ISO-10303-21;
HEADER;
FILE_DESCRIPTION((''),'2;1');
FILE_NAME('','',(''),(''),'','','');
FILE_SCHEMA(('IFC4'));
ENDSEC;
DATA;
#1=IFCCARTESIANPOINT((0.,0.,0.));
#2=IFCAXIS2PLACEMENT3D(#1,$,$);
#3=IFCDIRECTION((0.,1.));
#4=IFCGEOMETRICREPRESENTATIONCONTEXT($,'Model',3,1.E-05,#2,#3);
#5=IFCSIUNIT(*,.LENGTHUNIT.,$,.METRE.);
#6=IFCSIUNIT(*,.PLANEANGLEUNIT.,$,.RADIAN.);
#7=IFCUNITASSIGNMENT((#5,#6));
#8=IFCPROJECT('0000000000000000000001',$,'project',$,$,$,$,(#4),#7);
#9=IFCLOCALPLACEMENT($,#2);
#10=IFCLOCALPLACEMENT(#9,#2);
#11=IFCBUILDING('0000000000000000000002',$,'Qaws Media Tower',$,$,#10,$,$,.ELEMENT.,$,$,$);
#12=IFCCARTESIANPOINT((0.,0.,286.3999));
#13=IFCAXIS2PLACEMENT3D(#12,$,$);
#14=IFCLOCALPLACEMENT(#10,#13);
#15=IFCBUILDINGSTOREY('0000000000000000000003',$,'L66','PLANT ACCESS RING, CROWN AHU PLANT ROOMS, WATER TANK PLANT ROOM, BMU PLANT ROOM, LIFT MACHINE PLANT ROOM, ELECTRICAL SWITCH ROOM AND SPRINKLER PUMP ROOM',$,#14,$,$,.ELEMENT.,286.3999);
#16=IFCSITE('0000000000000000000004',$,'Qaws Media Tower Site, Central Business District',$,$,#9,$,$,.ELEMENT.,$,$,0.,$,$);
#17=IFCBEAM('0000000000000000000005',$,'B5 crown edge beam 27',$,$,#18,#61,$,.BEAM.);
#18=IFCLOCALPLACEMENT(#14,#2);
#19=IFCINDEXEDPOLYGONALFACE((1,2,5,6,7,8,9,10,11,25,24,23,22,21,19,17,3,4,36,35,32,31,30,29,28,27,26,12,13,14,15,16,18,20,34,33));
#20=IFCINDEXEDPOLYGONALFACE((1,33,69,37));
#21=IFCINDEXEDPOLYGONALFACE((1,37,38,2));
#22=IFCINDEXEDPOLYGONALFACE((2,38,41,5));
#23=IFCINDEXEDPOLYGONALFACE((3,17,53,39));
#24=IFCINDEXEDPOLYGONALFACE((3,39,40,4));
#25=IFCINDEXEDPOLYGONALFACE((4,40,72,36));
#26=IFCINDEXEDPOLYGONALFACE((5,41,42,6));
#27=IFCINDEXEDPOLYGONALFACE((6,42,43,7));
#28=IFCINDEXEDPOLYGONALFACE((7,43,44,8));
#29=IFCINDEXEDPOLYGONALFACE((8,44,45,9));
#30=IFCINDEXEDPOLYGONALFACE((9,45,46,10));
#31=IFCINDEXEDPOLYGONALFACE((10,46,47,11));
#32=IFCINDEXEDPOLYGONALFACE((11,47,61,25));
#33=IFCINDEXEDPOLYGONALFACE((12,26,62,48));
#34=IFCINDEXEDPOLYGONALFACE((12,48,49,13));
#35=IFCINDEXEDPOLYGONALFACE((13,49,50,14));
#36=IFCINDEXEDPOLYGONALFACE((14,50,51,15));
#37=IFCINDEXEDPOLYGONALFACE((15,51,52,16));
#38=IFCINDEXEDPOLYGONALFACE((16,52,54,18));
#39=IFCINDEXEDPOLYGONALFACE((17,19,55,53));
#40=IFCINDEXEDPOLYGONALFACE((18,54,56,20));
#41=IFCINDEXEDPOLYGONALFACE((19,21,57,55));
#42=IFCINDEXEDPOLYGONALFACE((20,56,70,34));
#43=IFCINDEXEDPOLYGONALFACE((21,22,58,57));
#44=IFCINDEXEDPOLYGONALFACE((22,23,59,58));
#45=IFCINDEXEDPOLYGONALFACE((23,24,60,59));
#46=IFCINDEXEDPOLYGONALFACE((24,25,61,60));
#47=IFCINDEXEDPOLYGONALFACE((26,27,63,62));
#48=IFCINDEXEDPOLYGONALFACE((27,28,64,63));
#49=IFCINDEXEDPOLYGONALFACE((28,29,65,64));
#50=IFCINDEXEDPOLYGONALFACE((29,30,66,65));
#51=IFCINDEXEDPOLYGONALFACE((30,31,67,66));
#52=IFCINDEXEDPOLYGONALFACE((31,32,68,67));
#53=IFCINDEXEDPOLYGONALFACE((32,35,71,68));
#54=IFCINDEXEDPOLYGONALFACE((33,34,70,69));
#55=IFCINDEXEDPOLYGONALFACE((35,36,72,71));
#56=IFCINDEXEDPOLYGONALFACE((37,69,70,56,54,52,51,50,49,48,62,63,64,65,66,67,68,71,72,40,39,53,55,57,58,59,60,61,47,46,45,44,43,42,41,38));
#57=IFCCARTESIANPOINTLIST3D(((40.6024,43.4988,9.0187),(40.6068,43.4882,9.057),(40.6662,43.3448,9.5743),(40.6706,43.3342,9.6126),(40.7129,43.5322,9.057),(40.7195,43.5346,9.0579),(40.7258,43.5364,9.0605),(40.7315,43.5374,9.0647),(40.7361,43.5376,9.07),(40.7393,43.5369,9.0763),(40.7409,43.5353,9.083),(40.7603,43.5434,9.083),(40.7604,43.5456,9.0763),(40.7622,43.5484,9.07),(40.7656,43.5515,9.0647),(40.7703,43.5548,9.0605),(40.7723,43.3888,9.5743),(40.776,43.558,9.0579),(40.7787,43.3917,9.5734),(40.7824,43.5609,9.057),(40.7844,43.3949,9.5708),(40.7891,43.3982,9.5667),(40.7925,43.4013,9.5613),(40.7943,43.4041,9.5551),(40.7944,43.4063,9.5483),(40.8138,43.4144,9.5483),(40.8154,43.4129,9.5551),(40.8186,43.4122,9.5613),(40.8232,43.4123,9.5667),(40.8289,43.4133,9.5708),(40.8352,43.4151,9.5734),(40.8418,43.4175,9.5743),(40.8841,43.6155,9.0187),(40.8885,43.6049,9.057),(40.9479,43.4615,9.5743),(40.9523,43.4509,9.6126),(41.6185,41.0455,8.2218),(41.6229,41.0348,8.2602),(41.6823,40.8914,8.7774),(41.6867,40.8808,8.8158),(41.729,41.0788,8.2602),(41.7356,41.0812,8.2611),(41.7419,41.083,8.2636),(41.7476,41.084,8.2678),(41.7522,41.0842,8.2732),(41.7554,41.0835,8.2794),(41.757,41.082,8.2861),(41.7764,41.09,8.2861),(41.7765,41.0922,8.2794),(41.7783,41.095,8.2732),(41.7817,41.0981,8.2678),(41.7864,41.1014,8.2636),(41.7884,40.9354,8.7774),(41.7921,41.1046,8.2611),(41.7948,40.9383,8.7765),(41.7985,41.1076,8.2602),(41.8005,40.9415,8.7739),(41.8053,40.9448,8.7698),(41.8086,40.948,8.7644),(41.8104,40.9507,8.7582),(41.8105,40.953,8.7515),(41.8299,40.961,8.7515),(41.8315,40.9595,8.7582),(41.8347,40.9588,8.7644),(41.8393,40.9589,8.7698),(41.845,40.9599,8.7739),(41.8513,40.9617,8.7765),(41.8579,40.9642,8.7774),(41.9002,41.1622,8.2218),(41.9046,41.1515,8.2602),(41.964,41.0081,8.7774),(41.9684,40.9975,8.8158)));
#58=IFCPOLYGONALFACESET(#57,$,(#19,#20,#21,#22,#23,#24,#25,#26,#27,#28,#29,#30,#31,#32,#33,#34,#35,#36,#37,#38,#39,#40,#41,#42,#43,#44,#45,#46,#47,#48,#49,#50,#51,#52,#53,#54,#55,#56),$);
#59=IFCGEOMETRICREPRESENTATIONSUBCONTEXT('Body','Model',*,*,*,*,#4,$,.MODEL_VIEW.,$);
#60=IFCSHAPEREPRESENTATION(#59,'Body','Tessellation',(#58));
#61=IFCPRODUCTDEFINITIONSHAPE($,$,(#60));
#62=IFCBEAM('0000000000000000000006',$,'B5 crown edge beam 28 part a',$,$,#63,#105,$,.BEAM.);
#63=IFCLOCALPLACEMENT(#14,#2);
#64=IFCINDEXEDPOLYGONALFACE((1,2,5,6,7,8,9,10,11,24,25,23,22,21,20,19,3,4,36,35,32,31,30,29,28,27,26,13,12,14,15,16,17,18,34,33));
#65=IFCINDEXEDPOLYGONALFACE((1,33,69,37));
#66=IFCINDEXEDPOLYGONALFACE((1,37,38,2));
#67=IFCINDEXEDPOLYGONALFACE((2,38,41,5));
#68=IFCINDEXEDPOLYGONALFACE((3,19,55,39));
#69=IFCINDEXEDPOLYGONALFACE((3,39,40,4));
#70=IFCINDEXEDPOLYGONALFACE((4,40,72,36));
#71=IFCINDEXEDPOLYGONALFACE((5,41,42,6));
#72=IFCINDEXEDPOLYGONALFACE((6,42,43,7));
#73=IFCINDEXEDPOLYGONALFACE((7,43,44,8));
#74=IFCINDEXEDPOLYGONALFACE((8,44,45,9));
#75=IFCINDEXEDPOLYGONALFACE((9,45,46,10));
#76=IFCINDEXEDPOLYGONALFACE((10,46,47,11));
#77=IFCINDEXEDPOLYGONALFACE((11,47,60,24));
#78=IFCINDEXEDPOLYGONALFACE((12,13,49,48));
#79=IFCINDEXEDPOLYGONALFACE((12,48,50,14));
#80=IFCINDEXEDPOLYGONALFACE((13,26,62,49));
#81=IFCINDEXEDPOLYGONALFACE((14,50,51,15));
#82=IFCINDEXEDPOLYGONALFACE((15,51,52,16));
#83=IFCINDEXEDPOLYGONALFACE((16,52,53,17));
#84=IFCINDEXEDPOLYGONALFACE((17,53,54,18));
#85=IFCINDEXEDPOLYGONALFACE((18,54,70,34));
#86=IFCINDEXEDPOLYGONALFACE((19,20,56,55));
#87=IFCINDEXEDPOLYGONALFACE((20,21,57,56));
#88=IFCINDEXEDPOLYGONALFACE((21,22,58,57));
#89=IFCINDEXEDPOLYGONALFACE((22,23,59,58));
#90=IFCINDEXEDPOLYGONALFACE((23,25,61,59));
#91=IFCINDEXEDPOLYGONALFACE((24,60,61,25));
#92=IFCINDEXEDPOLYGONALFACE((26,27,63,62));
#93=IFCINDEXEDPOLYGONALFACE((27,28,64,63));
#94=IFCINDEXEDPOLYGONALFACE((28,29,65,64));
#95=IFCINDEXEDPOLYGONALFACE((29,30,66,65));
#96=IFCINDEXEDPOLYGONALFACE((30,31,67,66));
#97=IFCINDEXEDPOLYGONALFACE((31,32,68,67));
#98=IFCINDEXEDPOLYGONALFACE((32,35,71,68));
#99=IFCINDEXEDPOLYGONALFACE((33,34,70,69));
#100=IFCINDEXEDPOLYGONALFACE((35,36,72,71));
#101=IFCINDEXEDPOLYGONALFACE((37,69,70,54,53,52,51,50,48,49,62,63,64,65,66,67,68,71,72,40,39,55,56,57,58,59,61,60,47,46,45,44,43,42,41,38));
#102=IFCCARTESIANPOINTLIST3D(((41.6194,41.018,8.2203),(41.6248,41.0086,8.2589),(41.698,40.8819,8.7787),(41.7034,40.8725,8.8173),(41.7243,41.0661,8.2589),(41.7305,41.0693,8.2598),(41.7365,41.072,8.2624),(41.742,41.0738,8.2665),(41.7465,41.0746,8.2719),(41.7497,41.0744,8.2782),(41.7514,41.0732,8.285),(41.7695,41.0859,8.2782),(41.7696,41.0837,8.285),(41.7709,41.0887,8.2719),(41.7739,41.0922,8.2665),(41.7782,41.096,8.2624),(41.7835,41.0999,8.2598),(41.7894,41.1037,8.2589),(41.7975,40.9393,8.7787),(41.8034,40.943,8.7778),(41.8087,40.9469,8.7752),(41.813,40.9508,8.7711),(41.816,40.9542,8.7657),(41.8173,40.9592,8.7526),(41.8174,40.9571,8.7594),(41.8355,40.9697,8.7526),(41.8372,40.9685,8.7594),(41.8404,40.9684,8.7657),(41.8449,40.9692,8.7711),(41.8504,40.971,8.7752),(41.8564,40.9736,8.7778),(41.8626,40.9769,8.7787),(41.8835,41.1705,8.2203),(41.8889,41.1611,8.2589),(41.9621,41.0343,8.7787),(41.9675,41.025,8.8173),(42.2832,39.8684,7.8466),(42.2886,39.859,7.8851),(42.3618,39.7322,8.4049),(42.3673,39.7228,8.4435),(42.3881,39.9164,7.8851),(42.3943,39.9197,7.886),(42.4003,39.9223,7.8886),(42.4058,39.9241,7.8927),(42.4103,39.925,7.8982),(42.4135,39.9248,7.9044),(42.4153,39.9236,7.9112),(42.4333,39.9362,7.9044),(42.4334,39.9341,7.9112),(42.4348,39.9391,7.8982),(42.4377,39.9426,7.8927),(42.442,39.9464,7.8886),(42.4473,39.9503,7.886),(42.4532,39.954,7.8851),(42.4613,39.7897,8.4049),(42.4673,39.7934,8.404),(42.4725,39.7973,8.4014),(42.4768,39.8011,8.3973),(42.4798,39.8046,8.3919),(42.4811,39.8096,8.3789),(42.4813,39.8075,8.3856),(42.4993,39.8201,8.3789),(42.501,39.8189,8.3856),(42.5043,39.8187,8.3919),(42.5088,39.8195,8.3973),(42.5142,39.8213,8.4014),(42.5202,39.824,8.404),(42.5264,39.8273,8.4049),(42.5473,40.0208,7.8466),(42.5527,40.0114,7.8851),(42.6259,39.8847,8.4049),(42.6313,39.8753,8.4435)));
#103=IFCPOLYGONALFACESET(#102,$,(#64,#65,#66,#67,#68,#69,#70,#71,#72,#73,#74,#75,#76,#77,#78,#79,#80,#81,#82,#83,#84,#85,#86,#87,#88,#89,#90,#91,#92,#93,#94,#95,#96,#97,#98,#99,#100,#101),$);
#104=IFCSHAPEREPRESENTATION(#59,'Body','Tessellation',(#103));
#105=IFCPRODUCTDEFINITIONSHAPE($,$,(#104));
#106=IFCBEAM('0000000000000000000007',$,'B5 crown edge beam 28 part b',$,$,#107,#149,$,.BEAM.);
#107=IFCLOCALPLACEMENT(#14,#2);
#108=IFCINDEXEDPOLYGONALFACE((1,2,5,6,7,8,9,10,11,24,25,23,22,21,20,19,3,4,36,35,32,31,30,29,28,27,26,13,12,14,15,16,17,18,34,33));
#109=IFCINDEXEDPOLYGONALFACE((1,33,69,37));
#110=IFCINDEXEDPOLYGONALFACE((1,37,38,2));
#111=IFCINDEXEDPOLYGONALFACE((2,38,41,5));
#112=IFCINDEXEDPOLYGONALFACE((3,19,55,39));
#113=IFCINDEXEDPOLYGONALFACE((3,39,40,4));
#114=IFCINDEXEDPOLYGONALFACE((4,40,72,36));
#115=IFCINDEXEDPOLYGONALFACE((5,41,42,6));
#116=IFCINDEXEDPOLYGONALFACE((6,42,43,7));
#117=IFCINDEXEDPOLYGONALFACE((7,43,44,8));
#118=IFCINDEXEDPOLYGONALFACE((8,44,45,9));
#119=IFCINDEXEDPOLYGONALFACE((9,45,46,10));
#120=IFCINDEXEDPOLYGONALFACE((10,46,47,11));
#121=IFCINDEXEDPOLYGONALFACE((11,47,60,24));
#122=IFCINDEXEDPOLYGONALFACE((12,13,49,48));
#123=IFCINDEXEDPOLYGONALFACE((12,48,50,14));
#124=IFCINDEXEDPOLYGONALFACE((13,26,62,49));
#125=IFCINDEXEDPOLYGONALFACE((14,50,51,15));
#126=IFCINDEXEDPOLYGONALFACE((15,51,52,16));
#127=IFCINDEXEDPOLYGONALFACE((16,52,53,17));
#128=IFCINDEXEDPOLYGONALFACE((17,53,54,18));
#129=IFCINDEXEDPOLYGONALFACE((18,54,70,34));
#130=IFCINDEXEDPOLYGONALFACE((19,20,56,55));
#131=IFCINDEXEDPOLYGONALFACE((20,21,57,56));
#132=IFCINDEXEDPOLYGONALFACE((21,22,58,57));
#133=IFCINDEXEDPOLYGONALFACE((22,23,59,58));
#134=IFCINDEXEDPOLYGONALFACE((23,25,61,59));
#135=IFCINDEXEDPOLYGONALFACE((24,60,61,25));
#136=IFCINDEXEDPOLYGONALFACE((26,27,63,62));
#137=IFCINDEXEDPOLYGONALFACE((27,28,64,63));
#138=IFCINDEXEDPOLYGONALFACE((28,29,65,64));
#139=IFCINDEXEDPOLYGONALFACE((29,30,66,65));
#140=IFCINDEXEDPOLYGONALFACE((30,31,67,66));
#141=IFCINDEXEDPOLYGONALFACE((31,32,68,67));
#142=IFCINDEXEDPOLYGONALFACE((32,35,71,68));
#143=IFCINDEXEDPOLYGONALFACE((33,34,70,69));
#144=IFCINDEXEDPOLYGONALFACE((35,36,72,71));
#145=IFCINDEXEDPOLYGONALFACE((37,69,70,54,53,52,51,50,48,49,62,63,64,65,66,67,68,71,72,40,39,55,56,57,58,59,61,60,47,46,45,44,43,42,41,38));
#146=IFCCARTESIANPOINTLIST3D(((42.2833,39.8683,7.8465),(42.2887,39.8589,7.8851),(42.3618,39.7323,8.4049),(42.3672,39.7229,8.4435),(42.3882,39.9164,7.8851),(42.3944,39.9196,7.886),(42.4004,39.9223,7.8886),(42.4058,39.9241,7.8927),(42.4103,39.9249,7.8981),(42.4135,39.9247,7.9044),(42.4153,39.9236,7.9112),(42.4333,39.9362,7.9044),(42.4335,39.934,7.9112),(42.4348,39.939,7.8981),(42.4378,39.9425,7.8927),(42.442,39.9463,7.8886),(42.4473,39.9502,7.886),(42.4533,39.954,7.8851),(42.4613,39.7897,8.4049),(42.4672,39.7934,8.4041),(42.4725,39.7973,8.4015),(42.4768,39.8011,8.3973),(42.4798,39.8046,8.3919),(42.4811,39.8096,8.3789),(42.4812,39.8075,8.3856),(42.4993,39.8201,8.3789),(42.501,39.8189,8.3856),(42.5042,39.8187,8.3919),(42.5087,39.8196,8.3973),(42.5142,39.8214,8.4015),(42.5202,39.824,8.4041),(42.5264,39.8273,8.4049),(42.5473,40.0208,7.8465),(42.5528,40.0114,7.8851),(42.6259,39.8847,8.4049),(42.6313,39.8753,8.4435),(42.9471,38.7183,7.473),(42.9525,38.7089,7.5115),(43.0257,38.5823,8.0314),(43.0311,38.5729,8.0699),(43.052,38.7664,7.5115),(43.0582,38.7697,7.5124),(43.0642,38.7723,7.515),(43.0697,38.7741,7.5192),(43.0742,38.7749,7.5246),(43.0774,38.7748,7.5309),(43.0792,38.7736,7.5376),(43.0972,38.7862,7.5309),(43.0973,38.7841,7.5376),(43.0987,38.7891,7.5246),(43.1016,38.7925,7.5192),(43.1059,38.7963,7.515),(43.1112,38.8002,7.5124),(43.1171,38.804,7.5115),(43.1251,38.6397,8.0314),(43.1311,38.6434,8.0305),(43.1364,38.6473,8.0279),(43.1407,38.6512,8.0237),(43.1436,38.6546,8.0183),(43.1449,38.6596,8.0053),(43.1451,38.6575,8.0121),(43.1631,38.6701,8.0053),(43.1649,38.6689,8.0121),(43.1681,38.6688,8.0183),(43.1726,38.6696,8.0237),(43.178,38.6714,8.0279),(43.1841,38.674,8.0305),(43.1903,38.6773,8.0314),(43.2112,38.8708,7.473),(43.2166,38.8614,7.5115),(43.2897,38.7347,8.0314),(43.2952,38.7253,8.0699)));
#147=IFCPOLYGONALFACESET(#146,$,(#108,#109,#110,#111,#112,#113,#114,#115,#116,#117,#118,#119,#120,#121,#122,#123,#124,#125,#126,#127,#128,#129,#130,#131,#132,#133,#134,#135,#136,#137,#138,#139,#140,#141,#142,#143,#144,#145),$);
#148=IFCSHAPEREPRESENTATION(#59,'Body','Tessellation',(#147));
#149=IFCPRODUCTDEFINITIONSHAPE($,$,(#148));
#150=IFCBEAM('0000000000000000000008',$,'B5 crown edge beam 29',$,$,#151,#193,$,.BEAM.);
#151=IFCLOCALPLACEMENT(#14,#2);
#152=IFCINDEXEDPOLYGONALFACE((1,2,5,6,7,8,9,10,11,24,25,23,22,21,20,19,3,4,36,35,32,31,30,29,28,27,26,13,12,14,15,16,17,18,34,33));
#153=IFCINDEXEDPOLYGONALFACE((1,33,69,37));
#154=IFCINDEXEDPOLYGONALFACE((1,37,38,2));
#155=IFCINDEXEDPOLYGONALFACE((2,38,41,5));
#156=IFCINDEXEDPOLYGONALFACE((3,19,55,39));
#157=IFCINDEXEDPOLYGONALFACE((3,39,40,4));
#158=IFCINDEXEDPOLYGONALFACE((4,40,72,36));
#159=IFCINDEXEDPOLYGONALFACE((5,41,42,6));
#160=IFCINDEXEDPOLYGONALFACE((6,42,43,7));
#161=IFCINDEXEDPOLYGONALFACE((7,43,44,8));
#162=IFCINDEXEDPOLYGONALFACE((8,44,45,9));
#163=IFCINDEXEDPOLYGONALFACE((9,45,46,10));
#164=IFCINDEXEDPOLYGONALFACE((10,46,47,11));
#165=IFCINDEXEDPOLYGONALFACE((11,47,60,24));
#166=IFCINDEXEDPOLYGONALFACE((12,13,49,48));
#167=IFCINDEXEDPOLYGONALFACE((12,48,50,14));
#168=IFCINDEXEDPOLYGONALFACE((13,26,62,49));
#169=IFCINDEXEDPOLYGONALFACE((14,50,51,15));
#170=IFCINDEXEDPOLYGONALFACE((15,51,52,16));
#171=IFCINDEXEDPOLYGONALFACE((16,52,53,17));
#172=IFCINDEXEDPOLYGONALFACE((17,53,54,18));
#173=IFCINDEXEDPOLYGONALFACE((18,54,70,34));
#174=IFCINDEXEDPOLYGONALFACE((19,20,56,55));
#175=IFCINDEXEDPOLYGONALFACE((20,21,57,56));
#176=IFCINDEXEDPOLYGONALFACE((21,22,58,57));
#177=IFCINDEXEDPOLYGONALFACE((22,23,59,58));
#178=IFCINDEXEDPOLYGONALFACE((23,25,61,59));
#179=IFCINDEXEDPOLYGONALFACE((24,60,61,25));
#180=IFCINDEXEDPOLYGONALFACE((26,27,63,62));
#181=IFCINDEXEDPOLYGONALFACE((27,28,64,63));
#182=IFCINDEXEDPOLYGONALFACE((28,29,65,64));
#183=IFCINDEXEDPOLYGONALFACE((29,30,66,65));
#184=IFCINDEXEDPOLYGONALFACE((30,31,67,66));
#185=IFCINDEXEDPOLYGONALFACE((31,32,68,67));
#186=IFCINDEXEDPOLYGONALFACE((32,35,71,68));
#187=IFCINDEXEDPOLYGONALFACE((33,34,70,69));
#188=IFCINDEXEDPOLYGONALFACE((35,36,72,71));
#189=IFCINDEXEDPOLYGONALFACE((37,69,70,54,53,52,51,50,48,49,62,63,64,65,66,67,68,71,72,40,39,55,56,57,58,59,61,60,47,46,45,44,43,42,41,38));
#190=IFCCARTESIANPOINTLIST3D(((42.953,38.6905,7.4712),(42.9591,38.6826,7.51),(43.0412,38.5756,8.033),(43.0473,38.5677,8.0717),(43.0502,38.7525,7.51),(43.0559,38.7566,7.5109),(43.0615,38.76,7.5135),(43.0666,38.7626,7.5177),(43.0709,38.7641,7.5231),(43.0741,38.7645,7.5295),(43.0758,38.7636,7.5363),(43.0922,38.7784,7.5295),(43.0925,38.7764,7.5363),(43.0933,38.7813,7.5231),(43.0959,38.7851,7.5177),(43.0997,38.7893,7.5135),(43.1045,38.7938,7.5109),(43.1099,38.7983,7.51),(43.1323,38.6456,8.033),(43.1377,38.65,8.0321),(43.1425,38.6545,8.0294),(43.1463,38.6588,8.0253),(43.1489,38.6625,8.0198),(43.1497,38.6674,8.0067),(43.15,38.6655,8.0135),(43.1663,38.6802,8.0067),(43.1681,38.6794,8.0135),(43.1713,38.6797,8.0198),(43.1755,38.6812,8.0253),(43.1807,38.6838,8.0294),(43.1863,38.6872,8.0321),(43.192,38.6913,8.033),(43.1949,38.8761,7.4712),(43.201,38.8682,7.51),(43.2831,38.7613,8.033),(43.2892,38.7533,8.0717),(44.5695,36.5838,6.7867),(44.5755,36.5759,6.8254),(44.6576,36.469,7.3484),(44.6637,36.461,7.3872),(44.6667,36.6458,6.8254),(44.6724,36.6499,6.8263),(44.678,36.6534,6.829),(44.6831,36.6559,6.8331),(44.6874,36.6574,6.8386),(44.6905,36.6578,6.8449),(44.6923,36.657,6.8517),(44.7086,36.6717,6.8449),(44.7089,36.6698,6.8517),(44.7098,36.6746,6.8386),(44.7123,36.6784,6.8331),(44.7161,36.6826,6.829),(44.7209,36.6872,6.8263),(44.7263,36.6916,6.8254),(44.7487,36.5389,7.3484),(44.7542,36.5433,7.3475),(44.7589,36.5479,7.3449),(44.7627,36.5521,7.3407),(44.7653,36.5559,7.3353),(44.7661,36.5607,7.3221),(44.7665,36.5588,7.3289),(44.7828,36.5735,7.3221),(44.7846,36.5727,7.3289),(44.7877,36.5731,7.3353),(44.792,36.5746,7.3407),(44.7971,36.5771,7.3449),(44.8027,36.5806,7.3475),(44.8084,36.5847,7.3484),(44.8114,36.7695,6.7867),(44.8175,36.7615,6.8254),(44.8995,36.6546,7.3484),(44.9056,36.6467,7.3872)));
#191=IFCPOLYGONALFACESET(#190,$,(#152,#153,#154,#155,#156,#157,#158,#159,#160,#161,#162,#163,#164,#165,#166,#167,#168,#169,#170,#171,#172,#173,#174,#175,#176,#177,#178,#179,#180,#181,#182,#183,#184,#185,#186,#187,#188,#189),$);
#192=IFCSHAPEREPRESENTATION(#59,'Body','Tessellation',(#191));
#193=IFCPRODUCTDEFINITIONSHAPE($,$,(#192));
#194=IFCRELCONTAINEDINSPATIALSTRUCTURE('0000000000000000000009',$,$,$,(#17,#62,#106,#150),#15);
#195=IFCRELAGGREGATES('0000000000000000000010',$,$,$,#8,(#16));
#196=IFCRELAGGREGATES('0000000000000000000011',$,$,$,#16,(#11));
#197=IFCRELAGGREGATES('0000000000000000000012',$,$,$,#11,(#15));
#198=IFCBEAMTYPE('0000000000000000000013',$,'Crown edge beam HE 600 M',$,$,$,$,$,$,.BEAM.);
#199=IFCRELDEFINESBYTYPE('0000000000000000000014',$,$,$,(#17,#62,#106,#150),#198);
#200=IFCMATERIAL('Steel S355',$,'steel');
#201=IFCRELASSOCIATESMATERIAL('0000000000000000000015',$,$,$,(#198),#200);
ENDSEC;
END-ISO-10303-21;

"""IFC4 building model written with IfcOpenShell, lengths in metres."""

from ifc_helpers import new_model, si_unit, direction, frame, origin, origin_2d, place, context, subcontext, project, spatial, i_section, extrude, material, material_profile, profile_set, type_object, element, save


model = new_model("IFC4")

# Units and contexts
model_context = context("Model", 3, precision=1e-05, world=origin(), true_north=direction((0.0, 1.0)))
body_context = subcontext(model_context, "Body", "Model", "MODEL_VIEW")
ifc_project = project(units=[si_unit("LENGTHUNIT", "METRE"), si_unit("PLANEANGLEUNIT", "RADIAN")], contexts=[model_context])

# Site, building, storey
site_placement = place(None, origin())
site = spatial("IfcSite", under=ifc_project, at=site_placement, Name="Qaws Media Tower Site, Central Business District", CompositionType="ELEMENT", RefElevation=0.0)
building_placement = place(site_placement, origin())
building = spatial("IfcBuilding", under=site, at=building_placement, Name="Qaws Media Tower", CompositionType="ELEMENT")
storey_placement = place(building_placement, frame((0.0, 0.0, 286.3999)))
storey = spatial("IfcBuildingStorey", under=building, at=storey_placement, Name="L66", Description="PLANT ACCESS RING, CROWN AHU PLANT ROOMS, WATER TANK PLANT ROOM, BMU PLANT ROOM, LIFT MACHINE PLANT ROOM, ELECTRICAL SWITCH ROOM AND SPRINKLER PUMP ROOM", CompositionType="ELEMENT", Elevation=286.3999)

# Beams
ifc_material_1 = material(Name="Steel S355", Category="steel")
ifc_material_profile_1 = material_profile(ifc_material_1, i_section(OverallWidth=0.3049, OverallDepth=0.6201, WebThickness=0.021, FlangeThickness=0.04, FilletRadius=0.0271, at=origin_2d()), Name="HE 600 M")
ifc_profile_set_1 = profile_set([ifc_material_profile_1], Name="Steel S355")
beam_type_1 = type_object("IfcBeamType", Name="Crown edge beam HE 600 M", PredefinedType="BEAM", material=ifc_profile_set_1)
beam_1_placement = place(storey_placement, frame((40.7773, 43.4749, 9.3157), z_axis=(0.366503, -0.884908, -0.287426), x_axis=(0.923894, 0.38265, 0.0)))
element("IfcBeam", 1, at=beam_1_placement, inside=storey, type_object=beam_type_1, Name="B5 crown edge beam 27", PredefinedType="BEAM", context=body_context, shape_type="SweptSolid", body=[
    extrude(i_section(OverallWidth=0.3049, OverallDepth=0.6201, WebThickness=0.021, FlangeThickness=0.04, FilletRadius=0.0271, at=origin_2d()), origin(), (0.0, 0.0, 1.0), 2.7725),
])
beam_2_placement = place(storey_placement, frame((41.7935, 41.0215, 8.5188), z_axis=(0.481321, -0.833594, -0.27102), x_axis=(0.866005, 0.500036, 0.0)))
element("IfcBeam", 2, at=beam_2_placement, inside=storey, type_object=beam_type_1, Name="B5 crown edge beam 28 part a", PredefinedType="BEAM", context=body_context, shape_type="SweptSolid", body=[
    extrude(i_section(OverallWidth=0.3049, OverallDepth=0.6201, WebThickness=0.021, FlangeThickness=0.04, FilletRadius=0.0271, at=origin_2d()), origin(), (0.0, 0.0, 1.0), 1.3792),
])
beam_3_placement = place(storey_placement, frame((42.4573, 39.8718, 8.145), z_axis=(0.481273, -0.833688, -0.270816), x_axis=(0.866051, 0.499956, 0.0)))
element("IfcBeam", 3, at=beam_3_placement, inside=storey, type_object=beam_type_1, Name="B5 crown edge beam 28 part b", PredefinedType="BEAM", context=body_context, shape_type="SweptSolid", body=[
    extrude(i_section(OverallWidth=0.3049, OverallDepth=0.6201, WebThickness=0.021, FlangeThickness=0.04, FilletRadius=0.0271, at=origin_2d()), origin(), (0.0, 0.0, 1.0), 1.3794),
])
beam_4_placement = place(storey_placement, frame((43.1211, 38.7219, 7.7715), z_axis=(0.589472, -0.768246, -0.249642), x_axis=(0.793365, 0.608746, 0.0)))
element("IfcBeam", 4, at=beam_4_placement, inside=storey, type_object=beam_type_1, Name="B5 crown edge beam 29", PredefinedType="BEAM", context=body_context, shape_type="SweptSolid", body=[
    extrude(i_section(OverallWidth=0.3049, OverallDepth=0.6201, WebThickness=0.021, FlangeThickness=0.04, FilletRadius=0.0271, at=origin_2d()), origin(), (0.0, 0.0, 1.0), 2.7422),
])

save(model, "model.ifc")
